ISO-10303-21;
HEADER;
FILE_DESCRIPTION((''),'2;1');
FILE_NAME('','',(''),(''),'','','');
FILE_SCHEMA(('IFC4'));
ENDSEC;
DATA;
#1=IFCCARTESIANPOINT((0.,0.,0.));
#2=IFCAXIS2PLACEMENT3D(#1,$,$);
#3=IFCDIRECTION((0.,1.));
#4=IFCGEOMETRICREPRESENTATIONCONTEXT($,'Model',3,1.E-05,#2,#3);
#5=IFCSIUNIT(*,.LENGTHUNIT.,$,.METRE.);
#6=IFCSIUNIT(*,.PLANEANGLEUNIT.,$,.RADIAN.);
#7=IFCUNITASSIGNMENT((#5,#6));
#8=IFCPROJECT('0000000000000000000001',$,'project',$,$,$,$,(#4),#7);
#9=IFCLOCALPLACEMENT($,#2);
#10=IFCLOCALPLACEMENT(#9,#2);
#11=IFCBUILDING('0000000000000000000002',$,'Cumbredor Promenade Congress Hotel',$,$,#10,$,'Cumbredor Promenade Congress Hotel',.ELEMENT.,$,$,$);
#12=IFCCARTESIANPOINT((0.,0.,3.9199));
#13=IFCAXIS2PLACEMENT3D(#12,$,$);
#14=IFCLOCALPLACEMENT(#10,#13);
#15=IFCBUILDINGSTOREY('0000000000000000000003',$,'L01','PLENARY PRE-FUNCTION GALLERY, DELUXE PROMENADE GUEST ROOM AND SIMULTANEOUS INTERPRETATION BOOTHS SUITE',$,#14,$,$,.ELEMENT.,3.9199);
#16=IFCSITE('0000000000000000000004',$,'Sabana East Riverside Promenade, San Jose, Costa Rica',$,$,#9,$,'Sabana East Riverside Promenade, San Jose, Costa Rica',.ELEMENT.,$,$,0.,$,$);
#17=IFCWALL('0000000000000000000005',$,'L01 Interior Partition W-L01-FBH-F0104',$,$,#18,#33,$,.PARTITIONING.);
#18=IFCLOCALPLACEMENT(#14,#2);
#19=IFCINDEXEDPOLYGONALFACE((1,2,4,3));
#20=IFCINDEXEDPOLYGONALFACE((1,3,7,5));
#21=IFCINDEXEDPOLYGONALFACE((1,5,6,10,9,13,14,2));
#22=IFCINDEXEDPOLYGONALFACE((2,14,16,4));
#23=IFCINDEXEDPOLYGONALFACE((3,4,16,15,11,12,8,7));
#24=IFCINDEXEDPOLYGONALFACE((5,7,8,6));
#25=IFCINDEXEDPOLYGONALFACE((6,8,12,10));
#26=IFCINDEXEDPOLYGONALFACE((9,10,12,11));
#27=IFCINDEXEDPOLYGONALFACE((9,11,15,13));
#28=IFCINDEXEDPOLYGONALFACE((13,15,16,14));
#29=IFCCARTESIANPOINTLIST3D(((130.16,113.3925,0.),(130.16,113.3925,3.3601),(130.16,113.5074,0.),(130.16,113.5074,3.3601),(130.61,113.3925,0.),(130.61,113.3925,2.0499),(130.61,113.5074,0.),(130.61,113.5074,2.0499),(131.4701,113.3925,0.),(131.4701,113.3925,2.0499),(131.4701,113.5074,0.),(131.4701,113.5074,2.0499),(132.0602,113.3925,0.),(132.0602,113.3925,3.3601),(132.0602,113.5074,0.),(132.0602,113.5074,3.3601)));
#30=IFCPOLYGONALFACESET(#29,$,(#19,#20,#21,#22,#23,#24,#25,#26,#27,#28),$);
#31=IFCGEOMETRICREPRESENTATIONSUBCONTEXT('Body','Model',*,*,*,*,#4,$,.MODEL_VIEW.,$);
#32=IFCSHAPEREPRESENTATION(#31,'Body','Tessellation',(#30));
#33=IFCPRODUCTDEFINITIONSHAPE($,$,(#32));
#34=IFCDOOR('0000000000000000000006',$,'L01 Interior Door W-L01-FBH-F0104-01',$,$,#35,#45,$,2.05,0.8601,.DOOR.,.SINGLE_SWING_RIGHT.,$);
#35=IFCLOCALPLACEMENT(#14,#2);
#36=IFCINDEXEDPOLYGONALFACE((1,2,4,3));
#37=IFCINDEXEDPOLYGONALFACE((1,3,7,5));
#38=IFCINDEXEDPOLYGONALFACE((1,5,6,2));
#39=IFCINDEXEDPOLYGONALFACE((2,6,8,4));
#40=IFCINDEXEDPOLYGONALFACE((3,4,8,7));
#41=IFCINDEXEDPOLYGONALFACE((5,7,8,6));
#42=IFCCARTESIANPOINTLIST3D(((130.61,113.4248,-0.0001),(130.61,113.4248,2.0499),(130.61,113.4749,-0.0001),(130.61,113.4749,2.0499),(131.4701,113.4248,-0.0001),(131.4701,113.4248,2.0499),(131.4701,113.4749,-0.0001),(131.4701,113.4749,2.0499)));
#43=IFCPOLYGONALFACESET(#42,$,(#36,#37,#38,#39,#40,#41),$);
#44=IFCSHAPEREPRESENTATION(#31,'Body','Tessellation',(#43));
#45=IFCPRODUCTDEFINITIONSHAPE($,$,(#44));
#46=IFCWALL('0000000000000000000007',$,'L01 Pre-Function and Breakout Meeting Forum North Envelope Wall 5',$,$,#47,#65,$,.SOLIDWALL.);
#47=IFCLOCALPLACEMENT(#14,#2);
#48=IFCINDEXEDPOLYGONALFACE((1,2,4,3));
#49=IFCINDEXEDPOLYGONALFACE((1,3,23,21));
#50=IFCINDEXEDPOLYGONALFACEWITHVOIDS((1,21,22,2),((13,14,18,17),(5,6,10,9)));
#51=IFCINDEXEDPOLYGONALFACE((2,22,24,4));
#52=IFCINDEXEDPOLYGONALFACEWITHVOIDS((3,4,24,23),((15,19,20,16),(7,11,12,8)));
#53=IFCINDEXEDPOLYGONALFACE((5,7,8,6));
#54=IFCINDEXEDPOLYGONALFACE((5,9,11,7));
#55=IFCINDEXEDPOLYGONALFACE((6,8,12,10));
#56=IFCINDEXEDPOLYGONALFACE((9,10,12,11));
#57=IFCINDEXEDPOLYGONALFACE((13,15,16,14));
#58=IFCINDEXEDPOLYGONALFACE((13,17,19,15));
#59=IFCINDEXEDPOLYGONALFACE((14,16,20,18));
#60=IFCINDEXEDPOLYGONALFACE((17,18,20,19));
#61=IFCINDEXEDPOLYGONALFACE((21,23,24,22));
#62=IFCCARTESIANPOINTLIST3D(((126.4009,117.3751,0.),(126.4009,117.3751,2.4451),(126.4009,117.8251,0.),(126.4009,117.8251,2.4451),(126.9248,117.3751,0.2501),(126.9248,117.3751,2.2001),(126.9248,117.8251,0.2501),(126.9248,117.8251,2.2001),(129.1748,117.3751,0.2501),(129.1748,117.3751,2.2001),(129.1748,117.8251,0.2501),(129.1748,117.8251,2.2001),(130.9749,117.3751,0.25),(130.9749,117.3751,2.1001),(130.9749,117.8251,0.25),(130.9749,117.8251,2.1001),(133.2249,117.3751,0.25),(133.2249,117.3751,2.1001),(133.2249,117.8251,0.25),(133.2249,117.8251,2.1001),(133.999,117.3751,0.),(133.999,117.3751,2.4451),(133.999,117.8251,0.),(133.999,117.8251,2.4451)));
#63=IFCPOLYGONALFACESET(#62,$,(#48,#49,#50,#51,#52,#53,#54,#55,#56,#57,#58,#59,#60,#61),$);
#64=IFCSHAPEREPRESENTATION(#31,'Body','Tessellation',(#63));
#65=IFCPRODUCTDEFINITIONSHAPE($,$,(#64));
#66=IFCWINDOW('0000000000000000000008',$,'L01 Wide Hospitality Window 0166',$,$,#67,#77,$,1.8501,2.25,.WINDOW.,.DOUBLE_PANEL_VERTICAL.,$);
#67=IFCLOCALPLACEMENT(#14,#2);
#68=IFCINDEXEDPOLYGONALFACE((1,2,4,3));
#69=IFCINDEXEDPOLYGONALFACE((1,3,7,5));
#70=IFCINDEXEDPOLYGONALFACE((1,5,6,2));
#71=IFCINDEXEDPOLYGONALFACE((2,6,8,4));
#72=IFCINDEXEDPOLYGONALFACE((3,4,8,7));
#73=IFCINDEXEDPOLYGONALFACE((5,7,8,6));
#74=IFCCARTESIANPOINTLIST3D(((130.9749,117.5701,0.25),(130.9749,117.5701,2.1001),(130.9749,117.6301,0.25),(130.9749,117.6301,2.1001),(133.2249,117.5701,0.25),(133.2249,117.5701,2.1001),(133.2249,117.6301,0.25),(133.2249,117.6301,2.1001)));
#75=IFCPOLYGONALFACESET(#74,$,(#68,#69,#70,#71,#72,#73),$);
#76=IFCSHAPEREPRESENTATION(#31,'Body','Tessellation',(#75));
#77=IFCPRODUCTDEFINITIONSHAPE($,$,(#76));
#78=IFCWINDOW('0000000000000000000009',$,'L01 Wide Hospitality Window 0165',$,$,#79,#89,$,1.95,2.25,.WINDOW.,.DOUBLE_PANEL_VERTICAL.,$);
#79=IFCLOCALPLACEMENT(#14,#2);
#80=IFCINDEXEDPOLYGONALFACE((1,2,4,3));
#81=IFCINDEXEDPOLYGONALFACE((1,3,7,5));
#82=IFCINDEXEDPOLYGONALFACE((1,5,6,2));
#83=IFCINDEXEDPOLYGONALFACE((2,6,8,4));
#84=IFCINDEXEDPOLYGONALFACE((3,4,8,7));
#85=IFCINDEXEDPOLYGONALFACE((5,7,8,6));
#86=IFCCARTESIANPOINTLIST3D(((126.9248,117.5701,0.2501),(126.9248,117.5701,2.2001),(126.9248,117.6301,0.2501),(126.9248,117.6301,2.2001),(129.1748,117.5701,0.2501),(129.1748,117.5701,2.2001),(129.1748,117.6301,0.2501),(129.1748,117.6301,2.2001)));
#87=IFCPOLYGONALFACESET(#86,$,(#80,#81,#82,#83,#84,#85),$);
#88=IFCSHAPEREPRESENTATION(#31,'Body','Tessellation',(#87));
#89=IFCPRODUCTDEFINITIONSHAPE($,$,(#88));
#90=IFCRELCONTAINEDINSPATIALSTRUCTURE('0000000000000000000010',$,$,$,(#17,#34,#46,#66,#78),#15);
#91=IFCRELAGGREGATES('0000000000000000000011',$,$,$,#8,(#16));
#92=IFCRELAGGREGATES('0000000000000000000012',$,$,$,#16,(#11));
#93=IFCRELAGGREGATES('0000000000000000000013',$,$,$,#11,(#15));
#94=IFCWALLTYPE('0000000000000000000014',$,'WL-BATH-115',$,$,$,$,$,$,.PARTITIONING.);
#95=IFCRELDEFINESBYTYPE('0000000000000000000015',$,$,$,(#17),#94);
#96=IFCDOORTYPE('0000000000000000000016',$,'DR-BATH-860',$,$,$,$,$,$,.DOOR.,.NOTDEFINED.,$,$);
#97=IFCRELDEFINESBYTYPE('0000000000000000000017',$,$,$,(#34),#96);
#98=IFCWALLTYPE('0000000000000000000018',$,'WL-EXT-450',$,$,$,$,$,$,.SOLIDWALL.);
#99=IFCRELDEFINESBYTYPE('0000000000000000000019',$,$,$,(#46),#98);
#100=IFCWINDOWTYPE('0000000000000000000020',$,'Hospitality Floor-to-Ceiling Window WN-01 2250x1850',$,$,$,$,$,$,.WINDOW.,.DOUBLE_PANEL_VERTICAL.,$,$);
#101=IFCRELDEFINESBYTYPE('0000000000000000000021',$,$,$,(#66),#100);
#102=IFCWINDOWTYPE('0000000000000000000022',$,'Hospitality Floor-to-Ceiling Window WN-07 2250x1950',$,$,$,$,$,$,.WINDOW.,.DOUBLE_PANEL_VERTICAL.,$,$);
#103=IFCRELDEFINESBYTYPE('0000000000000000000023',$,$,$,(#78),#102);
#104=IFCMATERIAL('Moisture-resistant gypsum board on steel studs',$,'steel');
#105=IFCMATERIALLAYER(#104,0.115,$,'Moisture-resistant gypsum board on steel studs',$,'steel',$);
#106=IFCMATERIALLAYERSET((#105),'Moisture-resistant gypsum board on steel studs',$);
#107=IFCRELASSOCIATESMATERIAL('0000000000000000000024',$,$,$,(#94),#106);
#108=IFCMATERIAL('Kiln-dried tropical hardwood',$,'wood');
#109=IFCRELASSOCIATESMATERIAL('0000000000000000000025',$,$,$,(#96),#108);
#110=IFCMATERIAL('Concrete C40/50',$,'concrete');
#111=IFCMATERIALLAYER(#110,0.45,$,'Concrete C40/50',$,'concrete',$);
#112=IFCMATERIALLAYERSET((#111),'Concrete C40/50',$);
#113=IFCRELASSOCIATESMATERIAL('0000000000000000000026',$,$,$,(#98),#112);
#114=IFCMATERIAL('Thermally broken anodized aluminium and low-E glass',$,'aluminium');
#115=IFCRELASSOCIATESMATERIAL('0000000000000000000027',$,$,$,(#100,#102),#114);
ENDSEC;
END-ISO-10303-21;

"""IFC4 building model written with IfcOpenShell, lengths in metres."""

from ifc_helpers import new_model, si_unit, direction, frame, frame_2d, origin, place, context, subcontext, project, spatial, rectangle, extrude, material, layer, layer_set, type_object, element, fill, save


model = new_model("IFC4")

# Units and contexts
model_context = context("Model", 3, precision=1e-05, world=origin(), true_north=direction((0.0, 1.0)))
body_context = subcontext(model_context, "Body", "Model", "MODEL_VIEW")
ifc_project = project(units=[si_unit("LENGTHUNIT", "METRE"), si_unit("PLANEANGLEUNIT", "RADIAN")], contexts=[model_context])

# Site, building, storey
site_placement = place(None, origin())
site = spatial("IfcSite", under=ifc_project, at=site_placement, Name="Sabana East Riverside Promenade, San Jose, Costa Rica", LongName="Sabana East Riverside Promenade, San Jose, Costa Rica", CompositionType="ELEMENT", RefElevation=0.0)
building_placement = place(site_placement, origin())
building = spatial("IfcBuilding", under=site, at=building_placement, Name="Cumbredor Promenade Congress Hotel", LongName="Cumbredor Promenade Congress Hotel", CompositionType="ELEMENT")
storey_placement = place(building_placement, frame((0.0, 0.0, 3.9199)))
storey = spatial("IfcBuildingStorey", under=building, at=storey_placement, Name="L01", Description="PLENARY PRE-FUNCTION GALLERY, DELUXE PROMENADE GUEST ROOM AND SIMULTANEOUS INTERPRETATION BOOTHS SUITE", CompositionType="ELEMENT", Elevation=3.9199)

# Shared definitions
ifc_material_1 = material(Name="Thermally broken anodized aluminium and low-E glass", Category="aluminium")

# Shared definitions
ifc_material_2 = material(Name="Concrete C40/50", Category="concrete")

# Shared definitions
ifc_material_3 = material(Name="Kiln-dried tropical hardwood", Category="wood")

# Wall, opening, door
ifc_material_4 = material(Name="Moisture-resistant gypsum board on steel studs", Category="steel")
ifc_layer_1 = layer(ifc_material_4, 0.115, Name="Moisture-resistant gypsum board on steel studs", Category="steel")
ifc_layer_set_1 = layer_set([ifc_layer_1], Name="Moisture-resistant gypsum board on steel studs")
wall_type_1 = type_object("IfcWallType", Name="WL-BATH-115", PredefinedType="PARTITIONING", material=ifc_layer_set_1)
door_type = type_object("IfcDoorType", Name="DR-BATH-860", OperationType="NOTDEFINED", PredefinedType="DOOR", material=ifc_material_3)
wall_1_placement = place(storey_placement, frame((130.1599, 113.45, 0.0), z_axis=(0.0, 0.0, 1.0), x_axis=(1.0, 0.0, 0.0)))
wall_1 = element("IfcWall", 1, at=wall_1_placement, inside=storey, type_object=wall_type_1, Name="L01 Interior Partition W-L01-FBH-F0104", PredefinedType="PARTITIONING", context=body_context, shape_type="SweptSolid", body=[
    extrude(rectangle(XDim=1.9001, YDim=0.115, at=frame_2d((0.9502, 0.0))), origin(), (0.0, 0.0, 1.0), 3.3601),
])
opening_1_placement = place(wall_1_placement, frame((0.45, 0.0, 0.0)))
opening_1 = element("IfcOpeningElement", 2, at=opening_1_placement, cuts=wall_1, PredefinedType="OPENING", context=body_context, shape_type="SweptSolid", body=[
    extrude(rectangle(XDim=0.8601, YDim=2.05, at=frame_2d((0.4302, 1.0249))), frame((0.0, 0.0674, 0.0), z_axis=(0.0, -1.0, 0.0), x_axis=(1.0, 0.0, 0.0)), (0.0, 0.0, 1.0), 0.135),
])
door_1_placement = place(opening_1_placement, origin())
door_1 = element("IfcDoor", 3, at=door_1_placement, inside=storey, type_object=door_type, Name="L01 Interior Door W-L01-FBH-F0104-01", OperationType="SINGLE_SWING_RIGHT", OverallHeight=2.05, OverallWidth=0.8601, PredefinedType="DOOR", context=body_context, shape_type="SweptSolid", body=[
    extrude(rectangle(XDim=0.8601, YDim=2.05, at=frame_2d((0.4302, 1.0249))), frame((0.0, 0.0249, 0.0), z_axis=(0.0, -1.0, 0.0), x_axis=(1.0, 0.0, 0.0)), (0.0, 0.0, 1.0), 0.05),
])
fill(opening_1, door_1)

# Wall, openings, windows
ifc_layer_2 = layer(ifc_material_2, 0.45, Name="Concrete C40/50", Category="concrete")
ifc_layer_set_2 = layer_set([ifc_layer_2], Name="Concrete C40/50")
wall_type_2 = type_object("IfcWallType", Name="WL-EXT-450", PredefinedType="SOLIDWALL", material=ifc_layer_set_2)
wall_2_placement = place(storey_placement, frame((126.4009, 117.6001, 0.0), z_axis=(0.0, 0.0, 1.0), x_axis=(1.0, 0.0, 0.0)))
wall_2 = element("IfcWall", 4, at=wall_2_placement, inside=storey, type_object=wall_type_2, Name="L01 Pre-Function and Breakout Meeting Forum North Envelope Wall 5", PredefinedType="SOLIDWALL", context=body_context, shape_type="SweptSolid", body=[
    extrude(rectangle(XDim=7.5981, YDim=0.45, at=frame_2d((3.7991, 0.0))), origin(), (0.0, 0.0, 1.0), 2.4451),
])
opening_2_placement = place(wall_2_placement, frame((0.5239, 0.0, 0.25)))
opening_2 = element("IfcOpeningElement", 5, at=opening_2_placement, cuts=wall_2, PredefinedType="OPENING", context=body_context, shape_type="SweptSolid", body=[
    extrude(rectangle(XDim=2.25, YDim=1.95, at=frame_2d((1.125, 0.9751))), frame((0.0, 0.2349, 0.0), z_axis=(0.0, -1.0, 0.0), x_axis=(1.0, 0.0, 0.0)), (0.0, 0.0, 1.0), 0.47),
])
opening_3_placement = place(wall_2_placement, frame((4.574, 0.0, 0.25)))
opening_3 = element("IfcOpeningElement", 6, at=opening_3_placement, cuts=wall_2, PredefinedType="OPENING", context=body_context, shape_type="SweptSolid", body=[
    extrude(rectangle(XDim=2.25, YDim=1.8501, at=frame_2d((1.125, 0.925))), frame((0.0, 0.2349, 0.0), z_axis=(0.0, -1.0, 0.0), x_axis=(1.0, 0.0, 0.0)), (0.0, 0.0, 1.0), 0.47),
])
window_type_1 = type_object("IfcWindowType", Name="Hospitality Floor-to-Ceiling Window WN-01 2250x1850", PartitioningType="DOUBLE_PANEL_VERTICAL", PredefinedType="WINDOW", material=ifc_material_1)
window_1_placement = place(opening_3_placement, origin())
window_1 = element("IfcWindow", 7, at=window_1_placement, inside=storey, type_object=window_type_1, Name="L01 Wide Hospitality Window 0166", OverallHeight=1.8501, OverallWidth=2.25, PartitioningType="DOUBLE_PANEL_VERTICAL", PredefinedType="WINDOW", context=body_context, shape_type="SweptSolid", body=[
    extrude(rectangle(XDim=2.25, YDim=1.8501, at=frame_2d((1.125, 0.925))), frame((0.0, 0.03, 0.0), z_axis=(0.0, -1.0, 0.0), x_axis=(1.0, 0.0, 0.0)), (0.0, 0.0, 1.0), 0.0601),
])
fill(opening_3, window_1)
window_type_2 = type_object("IfcWindowType", Name="Hospitality Floor-to-Ceiling Window WN-07 2250x1950", PartitioningType="DOUBLE_PANEL_VERTICAL", PredefinedType="WINDOW", material=ifc_material_1)
window_2_placement = place(opening_2_placement, origin())
window_2 = element("IfcWindow", 8, at=window_2_placement, inside=storey, type_object=window_type_2, Name="L01 Wide Hospitality Window 0165", OverallHeight=1.95, OverallWidth=2.25, PartitioningType="DOUBLE_PANEL_VERTICAL", PredefinedType="WINDOW", context=body_context, shape_type="SweptSolid", body=[
    extrude(rectangle(XDim=2.25, YDim=1.95, at=frame_2d((1.125, 0.9751))), frame((0.0, 0.03, 0.0), z_axis=(0.0, -1.0, 0.0), x_axis=(1.0, 0.0, 0.0)), (0.0, 0.0, 1.0), 0.0601),
])
fill(opening_2, window_2)

save(model, "model.ifc")
